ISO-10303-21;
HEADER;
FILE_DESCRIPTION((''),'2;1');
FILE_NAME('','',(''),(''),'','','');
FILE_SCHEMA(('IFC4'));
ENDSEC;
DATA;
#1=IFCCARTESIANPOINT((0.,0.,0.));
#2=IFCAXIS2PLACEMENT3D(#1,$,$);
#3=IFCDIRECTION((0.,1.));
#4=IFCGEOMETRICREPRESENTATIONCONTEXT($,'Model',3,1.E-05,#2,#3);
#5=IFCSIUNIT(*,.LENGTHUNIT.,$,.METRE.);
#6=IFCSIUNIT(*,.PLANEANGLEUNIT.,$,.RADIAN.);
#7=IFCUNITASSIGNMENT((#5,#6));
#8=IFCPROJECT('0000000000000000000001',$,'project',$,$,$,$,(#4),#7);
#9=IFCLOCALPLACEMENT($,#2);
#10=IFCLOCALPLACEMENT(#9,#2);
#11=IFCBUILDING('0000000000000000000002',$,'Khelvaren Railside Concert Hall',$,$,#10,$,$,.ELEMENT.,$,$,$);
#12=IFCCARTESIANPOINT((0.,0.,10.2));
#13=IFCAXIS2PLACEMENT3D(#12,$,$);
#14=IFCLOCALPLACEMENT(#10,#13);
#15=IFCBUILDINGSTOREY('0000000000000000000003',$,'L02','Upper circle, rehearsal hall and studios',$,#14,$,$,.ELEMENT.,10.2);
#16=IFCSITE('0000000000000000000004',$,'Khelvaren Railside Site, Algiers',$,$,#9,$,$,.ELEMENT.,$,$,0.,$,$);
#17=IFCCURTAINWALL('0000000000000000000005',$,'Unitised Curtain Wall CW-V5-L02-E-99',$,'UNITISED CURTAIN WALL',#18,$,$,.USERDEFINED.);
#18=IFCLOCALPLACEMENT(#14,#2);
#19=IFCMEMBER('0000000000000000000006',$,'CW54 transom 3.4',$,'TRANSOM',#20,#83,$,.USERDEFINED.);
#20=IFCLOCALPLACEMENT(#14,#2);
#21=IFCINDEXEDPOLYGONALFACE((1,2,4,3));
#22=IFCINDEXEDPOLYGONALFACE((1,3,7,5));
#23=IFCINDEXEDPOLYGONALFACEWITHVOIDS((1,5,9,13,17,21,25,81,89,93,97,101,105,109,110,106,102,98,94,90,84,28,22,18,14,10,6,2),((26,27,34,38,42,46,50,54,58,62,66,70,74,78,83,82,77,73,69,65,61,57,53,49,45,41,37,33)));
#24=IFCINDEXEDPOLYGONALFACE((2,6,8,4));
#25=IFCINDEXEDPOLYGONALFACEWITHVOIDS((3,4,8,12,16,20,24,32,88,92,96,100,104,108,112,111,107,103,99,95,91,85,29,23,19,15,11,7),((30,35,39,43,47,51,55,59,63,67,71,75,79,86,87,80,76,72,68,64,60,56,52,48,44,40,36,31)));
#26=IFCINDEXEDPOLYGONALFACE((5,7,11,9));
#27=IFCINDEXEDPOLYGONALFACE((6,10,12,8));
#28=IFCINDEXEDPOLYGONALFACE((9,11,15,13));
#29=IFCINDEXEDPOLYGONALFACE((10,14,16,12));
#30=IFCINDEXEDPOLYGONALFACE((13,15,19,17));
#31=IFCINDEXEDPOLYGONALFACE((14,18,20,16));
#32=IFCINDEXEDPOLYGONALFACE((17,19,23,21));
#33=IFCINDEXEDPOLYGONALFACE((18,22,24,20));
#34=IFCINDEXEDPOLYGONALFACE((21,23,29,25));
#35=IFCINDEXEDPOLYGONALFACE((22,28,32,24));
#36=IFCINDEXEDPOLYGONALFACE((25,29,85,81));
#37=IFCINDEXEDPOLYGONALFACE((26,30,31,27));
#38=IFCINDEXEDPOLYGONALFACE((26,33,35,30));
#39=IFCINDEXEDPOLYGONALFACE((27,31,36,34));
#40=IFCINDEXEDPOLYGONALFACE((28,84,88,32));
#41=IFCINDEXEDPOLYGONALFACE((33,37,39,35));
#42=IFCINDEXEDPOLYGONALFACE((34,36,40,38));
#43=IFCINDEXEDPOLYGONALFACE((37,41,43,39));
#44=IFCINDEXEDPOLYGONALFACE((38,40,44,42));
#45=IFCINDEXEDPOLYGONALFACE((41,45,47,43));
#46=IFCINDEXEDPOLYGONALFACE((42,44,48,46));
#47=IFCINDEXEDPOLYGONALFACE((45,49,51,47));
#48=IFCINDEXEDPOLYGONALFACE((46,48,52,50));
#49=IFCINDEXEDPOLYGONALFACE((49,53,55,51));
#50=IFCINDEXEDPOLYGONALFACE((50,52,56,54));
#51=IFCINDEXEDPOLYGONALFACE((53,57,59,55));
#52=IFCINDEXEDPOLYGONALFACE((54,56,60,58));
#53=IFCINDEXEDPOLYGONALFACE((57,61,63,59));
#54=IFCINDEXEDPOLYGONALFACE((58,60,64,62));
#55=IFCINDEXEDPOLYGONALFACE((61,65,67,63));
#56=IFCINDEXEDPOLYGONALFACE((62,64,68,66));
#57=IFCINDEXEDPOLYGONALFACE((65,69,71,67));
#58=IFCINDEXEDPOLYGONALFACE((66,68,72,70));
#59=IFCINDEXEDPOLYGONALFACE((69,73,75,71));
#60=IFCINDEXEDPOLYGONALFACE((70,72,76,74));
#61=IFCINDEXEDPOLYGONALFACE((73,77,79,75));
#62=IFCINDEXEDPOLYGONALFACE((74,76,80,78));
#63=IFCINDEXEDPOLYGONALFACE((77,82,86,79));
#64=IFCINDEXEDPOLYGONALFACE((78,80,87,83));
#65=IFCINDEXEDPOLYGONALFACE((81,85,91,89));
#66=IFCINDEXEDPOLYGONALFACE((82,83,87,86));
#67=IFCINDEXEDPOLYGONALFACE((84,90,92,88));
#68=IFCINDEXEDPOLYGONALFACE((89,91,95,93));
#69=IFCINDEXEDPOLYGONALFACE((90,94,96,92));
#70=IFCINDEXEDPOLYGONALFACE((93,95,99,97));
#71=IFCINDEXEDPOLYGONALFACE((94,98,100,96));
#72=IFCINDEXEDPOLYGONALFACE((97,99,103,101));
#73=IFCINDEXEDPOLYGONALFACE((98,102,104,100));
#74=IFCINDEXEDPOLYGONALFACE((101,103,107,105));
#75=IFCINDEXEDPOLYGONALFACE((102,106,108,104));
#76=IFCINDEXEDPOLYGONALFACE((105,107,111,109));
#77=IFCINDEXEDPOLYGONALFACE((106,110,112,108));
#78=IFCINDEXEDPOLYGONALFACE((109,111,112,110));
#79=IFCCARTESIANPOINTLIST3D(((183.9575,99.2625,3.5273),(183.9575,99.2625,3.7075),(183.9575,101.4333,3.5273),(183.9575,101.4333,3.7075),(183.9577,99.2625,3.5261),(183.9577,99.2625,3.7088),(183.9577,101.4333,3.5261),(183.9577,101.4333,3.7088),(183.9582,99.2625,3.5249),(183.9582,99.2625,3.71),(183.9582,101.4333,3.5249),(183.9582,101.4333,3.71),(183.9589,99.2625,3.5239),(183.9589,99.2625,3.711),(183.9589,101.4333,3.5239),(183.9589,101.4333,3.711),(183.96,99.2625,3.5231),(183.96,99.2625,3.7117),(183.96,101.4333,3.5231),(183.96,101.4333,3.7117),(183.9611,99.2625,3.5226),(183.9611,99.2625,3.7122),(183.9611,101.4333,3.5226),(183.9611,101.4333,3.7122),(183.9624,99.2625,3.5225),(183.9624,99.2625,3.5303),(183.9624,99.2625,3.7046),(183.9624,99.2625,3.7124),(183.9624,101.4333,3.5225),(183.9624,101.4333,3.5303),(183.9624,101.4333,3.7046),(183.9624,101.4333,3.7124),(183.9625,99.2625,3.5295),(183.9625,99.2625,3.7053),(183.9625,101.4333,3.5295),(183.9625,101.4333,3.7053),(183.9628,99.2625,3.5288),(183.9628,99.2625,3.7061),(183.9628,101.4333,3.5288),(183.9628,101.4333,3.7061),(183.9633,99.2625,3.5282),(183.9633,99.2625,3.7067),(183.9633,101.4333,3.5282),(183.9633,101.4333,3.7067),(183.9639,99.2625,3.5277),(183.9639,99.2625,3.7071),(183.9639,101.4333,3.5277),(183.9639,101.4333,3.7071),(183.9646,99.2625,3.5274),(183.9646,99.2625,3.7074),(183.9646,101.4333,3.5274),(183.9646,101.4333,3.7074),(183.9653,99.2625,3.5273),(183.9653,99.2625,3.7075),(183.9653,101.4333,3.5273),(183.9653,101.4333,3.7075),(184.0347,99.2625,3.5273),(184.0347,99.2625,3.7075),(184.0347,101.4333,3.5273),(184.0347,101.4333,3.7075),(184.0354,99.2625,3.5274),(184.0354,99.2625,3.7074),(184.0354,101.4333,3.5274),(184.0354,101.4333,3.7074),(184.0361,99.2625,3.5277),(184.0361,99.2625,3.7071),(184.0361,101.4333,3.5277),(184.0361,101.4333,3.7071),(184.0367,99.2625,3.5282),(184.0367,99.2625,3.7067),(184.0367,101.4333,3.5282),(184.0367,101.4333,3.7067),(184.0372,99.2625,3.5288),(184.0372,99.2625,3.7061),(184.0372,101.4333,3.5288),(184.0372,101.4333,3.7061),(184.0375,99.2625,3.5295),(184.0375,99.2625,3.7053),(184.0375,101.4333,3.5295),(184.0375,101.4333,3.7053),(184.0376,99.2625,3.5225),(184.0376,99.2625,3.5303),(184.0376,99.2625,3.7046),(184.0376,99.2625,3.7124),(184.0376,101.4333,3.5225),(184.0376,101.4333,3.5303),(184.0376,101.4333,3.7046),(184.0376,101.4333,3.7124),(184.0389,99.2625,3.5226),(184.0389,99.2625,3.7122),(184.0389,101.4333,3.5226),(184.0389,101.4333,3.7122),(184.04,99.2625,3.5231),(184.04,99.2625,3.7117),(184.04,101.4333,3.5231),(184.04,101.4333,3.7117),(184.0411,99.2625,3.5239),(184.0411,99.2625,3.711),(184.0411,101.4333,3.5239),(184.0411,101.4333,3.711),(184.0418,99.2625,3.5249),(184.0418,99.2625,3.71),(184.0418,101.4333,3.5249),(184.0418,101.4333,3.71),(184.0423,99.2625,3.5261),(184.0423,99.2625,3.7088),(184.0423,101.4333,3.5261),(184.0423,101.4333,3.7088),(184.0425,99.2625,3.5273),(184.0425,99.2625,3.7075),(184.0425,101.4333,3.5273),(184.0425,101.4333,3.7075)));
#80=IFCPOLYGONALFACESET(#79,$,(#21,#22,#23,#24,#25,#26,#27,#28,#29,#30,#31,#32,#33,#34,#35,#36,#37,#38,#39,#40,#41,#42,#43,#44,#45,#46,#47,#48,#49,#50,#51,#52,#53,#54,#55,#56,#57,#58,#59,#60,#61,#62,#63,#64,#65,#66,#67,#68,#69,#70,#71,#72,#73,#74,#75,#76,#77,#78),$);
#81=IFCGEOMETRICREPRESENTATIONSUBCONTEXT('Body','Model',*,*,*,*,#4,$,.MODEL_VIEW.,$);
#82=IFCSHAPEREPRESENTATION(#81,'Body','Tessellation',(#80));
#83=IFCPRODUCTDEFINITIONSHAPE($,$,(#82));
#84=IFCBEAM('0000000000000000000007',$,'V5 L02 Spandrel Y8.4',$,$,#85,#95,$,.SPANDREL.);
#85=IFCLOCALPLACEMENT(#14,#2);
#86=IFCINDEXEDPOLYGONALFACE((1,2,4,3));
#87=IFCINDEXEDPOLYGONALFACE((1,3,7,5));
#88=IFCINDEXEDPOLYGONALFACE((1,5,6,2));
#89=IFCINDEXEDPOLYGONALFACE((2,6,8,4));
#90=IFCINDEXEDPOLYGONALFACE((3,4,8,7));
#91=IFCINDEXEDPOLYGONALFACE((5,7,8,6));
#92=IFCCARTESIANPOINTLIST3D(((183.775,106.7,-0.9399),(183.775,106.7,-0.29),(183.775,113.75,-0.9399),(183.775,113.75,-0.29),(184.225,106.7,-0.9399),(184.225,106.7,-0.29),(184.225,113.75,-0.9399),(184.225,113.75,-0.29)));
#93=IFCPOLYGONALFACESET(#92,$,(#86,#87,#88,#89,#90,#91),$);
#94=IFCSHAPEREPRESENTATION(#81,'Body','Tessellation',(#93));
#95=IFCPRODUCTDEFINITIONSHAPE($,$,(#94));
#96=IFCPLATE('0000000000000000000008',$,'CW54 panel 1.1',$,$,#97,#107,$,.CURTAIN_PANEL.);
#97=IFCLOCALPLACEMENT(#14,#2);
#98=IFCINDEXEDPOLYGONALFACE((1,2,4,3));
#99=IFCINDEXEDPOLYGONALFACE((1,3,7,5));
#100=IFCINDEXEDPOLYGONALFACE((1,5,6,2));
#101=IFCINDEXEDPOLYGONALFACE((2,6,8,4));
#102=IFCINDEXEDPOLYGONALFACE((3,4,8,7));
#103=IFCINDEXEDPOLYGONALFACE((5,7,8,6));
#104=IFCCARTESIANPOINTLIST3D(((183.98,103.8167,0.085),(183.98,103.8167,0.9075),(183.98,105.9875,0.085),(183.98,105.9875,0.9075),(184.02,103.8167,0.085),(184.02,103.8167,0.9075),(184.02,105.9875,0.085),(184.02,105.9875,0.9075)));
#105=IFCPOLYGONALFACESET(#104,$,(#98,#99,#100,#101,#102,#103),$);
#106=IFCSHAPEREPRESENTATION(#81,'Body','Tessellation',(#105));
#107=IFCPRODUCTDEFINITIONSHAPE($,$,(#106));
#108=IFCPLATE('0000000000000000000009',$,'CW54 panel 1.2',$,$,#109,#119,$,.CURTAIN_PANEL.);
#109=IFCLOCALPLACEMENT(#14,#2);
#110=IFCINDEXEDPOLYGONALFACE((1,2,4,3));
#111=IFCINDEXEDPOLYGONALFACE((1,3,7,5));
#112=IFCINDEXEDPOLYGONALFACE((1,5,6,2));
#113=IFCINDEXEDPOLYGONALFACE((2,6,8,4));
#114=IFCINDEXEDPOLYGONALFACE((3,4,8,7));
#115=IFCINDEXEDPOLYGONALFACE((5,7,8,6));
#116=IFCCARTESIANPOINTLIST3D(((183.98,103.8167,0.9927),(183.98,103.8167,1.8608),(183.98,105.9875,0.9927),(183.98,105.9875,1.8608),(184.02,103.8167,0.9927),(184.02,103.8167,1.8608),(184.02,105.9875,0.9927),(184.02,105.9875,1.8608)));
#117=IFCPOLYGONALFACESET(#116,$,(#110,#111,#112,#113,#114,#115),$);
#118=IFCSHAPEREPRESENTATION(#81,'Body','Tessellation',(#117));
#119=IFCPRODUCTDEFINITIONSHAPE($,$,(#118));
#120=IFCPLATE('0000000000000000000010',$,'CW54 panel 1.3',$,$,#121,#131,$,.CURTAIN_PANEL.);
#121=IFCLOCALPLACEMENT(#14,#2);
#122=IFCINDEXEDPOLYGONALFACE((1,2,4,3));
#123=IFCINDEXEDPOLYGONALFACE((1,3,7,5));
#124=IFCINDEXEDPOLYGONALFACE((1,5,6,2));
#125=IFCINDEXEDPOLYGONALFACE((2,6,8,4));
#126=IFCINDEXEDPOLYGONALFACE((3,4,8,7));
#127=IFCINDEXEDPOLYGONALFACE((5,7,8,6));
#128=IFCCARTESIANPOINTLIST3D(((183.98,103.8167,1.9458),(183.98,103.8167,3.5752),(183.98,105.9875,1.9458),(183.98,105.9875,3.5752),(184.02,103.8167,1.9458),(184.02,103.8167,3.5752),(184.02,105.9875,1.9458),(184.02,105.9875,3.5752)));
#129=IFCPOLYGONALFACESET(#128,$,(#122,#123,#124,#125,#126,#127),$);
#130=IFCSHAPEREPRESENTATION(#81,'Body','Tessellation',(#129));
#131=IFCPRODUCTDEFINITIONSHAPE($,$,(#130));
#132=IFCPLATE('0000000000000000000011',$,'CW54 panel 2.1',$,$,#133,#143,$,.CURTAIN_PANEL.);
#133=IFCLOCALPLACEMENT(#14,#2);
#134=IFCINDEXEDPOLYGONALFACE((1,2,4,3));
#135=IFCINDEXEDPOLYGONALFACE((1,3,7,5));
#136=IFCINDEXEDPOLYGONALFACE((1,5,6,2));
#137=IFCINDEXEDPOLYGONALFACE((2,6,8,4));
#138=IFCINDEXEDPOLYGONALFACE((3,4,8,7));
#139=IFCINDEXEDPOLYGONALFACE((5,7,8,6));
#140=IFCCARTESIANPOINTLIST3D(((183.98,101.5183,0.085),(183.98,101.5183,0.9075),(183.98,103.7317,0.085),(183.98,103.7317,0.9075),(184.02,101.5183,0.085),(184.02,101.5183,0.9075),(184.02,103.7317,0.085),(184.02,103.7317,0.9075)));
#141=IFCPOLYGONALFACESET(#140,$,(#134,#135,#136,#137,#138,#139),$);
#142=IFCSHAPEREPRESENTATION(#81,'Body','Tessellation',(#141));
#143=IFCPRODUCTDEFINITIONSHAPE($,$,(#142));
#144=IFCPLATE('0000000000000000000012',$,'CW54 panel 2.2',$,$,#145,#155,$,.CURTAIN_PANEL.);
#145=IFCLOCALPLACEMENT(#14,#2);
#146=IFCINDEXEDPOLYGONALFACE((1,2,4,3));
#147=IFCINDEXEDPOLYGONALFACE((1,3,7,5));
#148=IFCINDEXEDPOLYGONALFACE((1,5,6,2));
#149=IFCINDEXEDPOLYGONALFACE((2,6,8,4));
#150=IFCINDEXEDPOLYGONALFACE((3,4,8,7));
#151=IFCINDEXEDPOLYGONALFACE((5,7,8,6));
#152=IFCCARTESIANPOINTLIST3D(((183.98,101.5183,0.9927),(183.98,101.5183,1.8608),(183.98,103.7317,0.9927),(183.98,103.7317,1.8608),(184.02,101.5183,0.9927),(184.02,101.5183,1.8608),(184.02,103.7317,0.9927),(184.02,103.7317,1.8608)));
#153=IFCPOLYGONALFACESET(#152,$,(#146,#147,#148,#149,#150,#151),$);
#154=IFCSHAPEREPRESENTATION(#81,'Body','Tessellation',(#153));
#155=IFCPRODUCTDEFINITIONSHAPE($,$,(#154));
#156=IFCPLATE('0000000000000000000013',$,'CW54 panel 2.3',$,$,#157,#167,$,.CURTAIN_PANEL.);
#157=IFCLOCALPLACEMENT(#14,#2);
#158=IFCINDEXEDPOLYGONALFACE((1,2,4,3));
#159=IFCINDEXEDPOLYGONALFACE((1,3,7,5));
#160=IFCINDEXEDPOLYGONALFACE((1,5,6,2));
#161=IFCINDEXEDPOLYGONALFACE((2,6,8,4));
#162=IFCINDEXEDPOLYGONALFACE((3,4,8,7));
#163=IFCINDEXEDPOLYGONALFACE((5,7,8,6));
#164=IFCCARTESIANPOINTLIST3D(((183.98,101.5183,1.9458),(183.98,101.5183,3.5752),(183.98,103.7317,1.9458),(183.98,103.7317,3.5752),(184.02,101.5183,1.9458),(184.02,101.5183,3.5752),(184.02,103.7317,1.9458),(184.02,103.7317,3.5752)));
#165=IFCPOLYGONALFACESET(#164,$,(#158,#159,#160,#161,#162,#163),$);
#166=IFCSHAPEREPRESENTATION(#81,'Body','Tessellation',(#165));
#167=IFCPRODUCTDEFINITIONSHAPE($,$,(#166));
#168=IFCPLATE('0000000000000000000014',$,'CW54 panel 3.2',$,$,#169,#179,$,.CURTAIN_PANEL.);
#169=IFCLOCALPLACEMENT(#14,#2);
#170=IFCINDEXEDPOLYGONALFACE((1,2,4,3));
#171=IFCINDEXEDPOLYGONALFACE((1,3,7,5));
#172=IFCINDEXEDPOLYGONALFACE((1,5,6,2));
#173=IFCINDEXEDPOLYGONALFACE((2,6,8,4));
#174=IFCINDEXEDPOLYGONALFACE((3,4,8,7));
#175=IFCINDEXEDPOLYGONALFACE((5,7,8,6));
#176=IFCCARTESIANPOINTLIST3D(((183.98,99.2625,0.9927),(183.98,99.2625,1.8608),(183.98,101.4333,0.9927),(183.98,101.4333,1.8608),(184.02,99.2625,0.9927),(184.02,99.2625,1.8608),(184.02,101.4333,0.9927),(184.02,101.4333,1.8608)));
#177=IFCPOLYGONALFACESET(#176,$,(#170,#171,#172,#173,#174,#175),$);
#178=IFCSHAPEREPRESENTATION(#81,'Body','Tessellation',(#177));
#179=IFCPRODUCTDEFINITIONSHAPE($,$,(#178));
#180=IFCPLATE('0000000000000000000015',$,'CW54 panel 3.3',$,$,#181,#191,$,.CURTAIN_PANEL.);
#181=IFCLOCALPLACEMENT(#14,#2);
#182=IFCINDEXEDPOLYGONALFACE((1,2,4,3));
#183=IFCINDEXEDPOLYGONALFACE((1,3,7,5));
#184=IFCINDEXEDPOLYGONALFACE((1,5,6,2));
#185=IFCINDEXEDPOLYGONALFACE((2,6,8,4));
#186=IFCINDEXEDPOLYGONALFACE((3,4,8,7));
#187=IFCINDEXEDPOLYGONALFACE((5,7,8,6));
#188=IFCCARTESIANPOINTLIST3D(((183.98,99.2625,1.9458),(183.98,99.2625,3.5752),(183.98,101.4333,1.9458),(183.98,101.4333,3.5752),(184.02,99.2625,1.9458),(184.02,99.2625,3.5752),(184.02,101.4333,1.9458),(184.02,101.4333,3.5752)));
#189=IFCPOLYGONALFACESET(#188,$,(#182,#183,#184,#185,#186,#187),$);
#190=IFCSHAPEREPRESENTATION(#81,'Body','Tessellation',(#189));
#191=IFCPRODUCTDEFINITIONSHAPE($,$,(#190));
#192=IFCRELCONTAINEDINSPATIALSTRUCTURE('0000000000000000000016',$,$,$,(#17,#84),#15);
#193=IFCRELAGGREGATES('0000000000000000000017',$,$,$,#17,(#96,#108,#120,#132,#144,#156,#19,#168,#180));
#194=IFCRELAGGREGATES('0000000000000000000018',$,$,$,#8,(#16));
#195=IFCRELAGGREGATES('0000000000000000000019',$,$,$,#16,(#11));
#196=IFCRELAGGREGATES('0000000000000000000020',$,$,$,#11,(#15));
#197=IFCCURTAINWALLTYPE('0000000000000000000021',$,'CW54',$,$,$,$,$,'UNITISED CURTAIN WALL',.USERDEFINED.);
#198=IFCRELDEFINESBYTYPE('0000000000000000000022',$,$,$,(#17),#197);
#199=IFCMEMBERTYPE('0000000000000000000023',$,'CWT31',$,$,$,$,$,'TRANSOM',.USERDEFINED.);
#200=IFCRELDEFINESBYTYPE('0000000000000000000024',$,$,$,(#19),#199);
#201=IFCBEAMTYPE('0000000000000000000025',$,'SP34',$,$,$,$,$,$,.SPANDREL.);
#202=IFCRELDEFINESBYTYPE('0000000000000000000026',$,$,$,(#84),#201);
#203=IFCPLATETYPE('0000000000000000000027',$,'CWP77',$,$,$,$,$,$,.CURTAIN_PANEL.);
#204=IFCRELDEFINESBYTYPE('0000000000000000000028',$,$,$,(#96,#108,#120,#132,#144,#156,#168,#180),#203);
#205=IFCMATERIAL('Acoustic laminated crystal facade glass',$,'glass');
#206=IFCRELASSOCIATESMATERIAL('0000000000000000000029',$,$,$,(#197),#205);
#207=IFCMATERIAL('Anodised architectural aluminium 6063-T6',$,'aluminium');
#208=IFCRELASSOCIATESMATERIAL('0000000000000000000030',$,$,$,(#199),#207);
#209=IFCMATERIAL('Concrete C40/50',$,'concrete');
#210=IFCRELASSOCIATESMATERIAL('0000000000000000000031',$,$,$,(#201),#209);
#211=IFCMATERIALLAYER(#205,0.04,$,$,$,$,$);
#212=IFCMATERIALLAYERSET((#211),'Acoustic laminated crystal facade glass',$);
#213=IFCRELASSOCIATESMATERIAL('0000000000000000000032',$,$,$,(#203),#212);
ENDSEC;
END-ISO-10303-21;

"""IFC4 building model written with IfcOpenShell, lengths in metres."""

from ifc_helpers import new_model, si_unit, direction, frame, origin, origin_2d, place, context, subcontext, project, spatial, rectangle, hollow_rectangle, extrude, material, layer, layer_set, material_profile, profile_set, type_object, element, aggregate, save


model = new_model("IFC4")

# Units and contexts
model_context = context("Model", 3, precision=1e-05, world=origin(), true_north=direction((0.0, 1.0)))
body_context = subcontext(model_context, "Body", "Model", "MODEL_VIEW")
ifc_project = project(units=[si_unit("LENGTHUNIT", "METRE"), si_unit("PLANEANGLEUNIT", "RADIAN")], contexts=[model_context])

# Site, building, storey
site_placement = place(None, origin())
site = spatial("IfcSite", under=ifc_project, at=site_placement, Name="Khelvaren Railside Site, Algiers", CompositionType="ELEMENT", RefElevation=0.0)
building_placement = place(site_placement, origin())
building = spatial("IfcBuilding", under=site, at=building_placement, Name="Khelvaren Railside Concert Hall", CompositionType="ELEMENT")
storey_placement = place(building_placement, frame((0.0, 0.0, 10.2)))
storey = spatial("IfcBuildingStorey", under=building, at=storey_placement, Name="L02", Description="Upper circle, rehearsal hall and studios", CompositionType="ELEMENT", Elevation=10.2)

# Curtain wall, member
ifc_material_1 = material(Name="Acoustic laminated crystal facade glass", Category="glass")
curtain_wall_type = type_object("IfcCurtainWallType", Name="CW54", ElementType="UNITISED CURTAIN WALL", PredefinedType="USERDEFINED", material=ifc_material_1)
curtain_wall_placement = place(storey_placement, origin())
curtain_wall = element("IfcCurtainWall", 1, at=curtain_wall_placement, inside=storey, type_object=curtain_wall_type, Name="Unitised Curtain Wall CW-V5-L02-E-99", ObjectType="UNITISED CURTAIN WALL", PredefinedType="USERDEFINED")
ifc_material_2 = material(Name="Anodised architectural aluminium 6063-T6", Category="aluminium")
ifc_material_profile_1 = material_profile(ifc_material_2, hollow_rectangle(XDim=0.085, YDim=0.1899, WallThickness=0.0049, InnerFilletRadius=0.0029, OuterFilletRadius=0.0049, at=origin_2d()), Name="CWT 85x190x5")
ifc_profile_set_1 = profile_set([ifc_material_profile_1], Name="Anodised architectural aluminium 6063-T6")
member_type_1 = type_object("IfcMemberType", Name="CWT31", ElementType="TRANSOM", PredefinedType="USERDEFINED", material=ifc_profile_set_1)
member_1_placement = place(storey_placement, frame((184.0, 101.4333, 3.6174), z_axis=(0.0, -1.0, 0.0), x_axis=(1.0, 0.0, 0.0)))
member_1 = element("IfcMember", 2, at=member_1_placement, type_object=member_type_1, Name="CW54 transom 3.4", ObjectType="TRANSOM", PredefinedType="USERDEFINED", context=body_context, shape_type="SweptSolid", body=[
    extrude(hollow_rectangle(XDim=0.085, YDim=0.1899, WallThickness=0.0049, InnerFilletRadius=0.0029, OuterFilletRadius=0.0049, at=origin_2d()), origin(), (0.0, 0.0, 1.0), 2.1709),
])

# Beam
ifc_material_3 = material(Name="Concrete C40/50", Category="concrete")
ifc_material_profile_2 = material_profile(ifc_material_3, rectangle(XDim=0.45, YDim=0.6499, at=origin_2d()), Name="RCB 450x650")
ifc_profile_set_2 = profile_set([ifc_material_profile_2], Name="Concrete C40/50")
beam_type = type_object("IfcBeamType", Name="SP34", PredefinedType="SPANDREL", material=ifc_profile_set_2)
beam_placement = place(storey_placement, frame((184.0, 106.7, -0.615), z_axis=(0.0, 1.0, 0.0), x_axis=(-1.0, 0.0, 0.0)))
element("IfcBeam", 3, at=beam_placement, inside=storey, type_object=beam_type, Name="V5 L02 Spandrel Y8.4", PredefinedType="SPANDREL", context=body_context, shape_type="SweptSolid", body=[
    extrude(rectangle(XDim=0.45, YDim=0.6499, at=origin_2d()), origin(), (0.0, 0.0, 1.0), 7.05),
])

# Plates
ifc_layer = layer(ifc_material_1, 0.04)
ifc_layer_set = layer_set([ifc_layer], Name="Acoustic laminated crystal facade glass")
plate_type = type_object("IfcPlateType", Name="CWP77", PredefinedType="CURTAIN_PANEL", material=ifc_layer_set)
plate_1_placement = place(storey_placement, frame((184.0, 104.9021, 0.085), z_axis=(0.0, 0.0, 1.0), x_axis=(0.0, -1.0, 0.0)))
plate_1 = element("IfcPlate", 4, at=plate_1_placement, type_object=plate_type, Name="CW54 panel 1.1", PredefinedType="CURTAIN_PANEL", context=body_context, shape_type="SweptSolid", body=[
    extrude(rectangle(XDim=2.1709, YDim=0.04, at=origin_2d()), origin(), (0.0, 0.0, 1.0), 0.8225),
])
plate_2_placement = place(storey_placement, frame((184.0, 104.9021, 0.9927), z_axis=(0.0, 0.0, 1.0), x_axis=(0.0, -1.0, 0.0)))
plate_2 = element("IfcPlate", 5, at=plate_2_placement, type_object=plate_type, Name="CW54 panel 1.2", PredefinedType="CURTAIN_PANEL", context=body_context, shape_type="SweptSolid", body=[
    extrude(rectangle(XDim=2.1709, YDim=0.04, at=origin_2d()), origin(), (0.0, 0.0, 1.0), 0.8682),
])
plate_3_placement = place(storey_placement, frame((184.0, 104.9021, 1.9458), z_axis=(0.0, 0.0, 1.0), x_axis=(0.0, -1.0, 0.0)))
plate_3 = element("IfcPlate", 6, at=plate_3_placement, type_object=plate_type, Name="CW54 panel 1.3", PredefinedType="CURTAIN_PANEL", context=body_context, shape_type="SweptSolid", body=[
    extrude(rectangle(XDim=2.1709, YDim=0.04, at=origin_2d()), origin(), (0.0, 0.0, 1.0), 1.6294),
])
plate_4_placement = place(storey_placement, frame((184.0, 102.625, 0.085), z_axis=(0.0, 0.0, 1.0), x_axis=(0.0, -1.0, 0.0)))
plate_4 = element("IfcPlate", 7, at=plate_4_placement, type_object=plate_type, Name="CW54 panel 2.1", PredefinedType="CURTAIN_PANEL", context=body_context, shape_type="SweptSolid", body=[
    extrude(rectangle(XDim=2.2134, YDim=0.04, at=origin_2d()), origin(), (0.0, 0.0, 1.0), 0.8225),
])
plate_5_placement = place(storey_placement, frame((184.0, 102.625, 0.9927), z_axis=(0.0, 0.0, 1.0), x_axis=(0.0, -1.0, 0.0)))
plate_5 = element("IfcPlate", 8, at=plate_5_placement, type_object=plate_type, Name="CW54 panel 2.2", PredefinedType="CURTAIN_PANEL", context=body_context, shape_type="SweptSolid", body=[
    extrude(rectangle(XDim=2.2134, YDim=0.04, at=origin_2d()), origin(), (0.0, 0.0, 1.0), 0.8682),
])
plate_6_placement = place(storey_placement, frame((184.0, 102.625, 1.9458), z_axis=(0.0, 0.0, 1.0), x_axis=(0.0, -1.0, 0.0)))
plate_6 = element("IfcPlate", 9, at=plate_6_placement, type_object=plate_type, Name="CW54 panel 2.3", PredefinedType="CURTAIN_PANEL", context=body_context, shape_type="SweptSolid", body=[
    extrude(rectangle(XDim=2.2134, YDim=0.04, at=origin_2d()), origin(), (0.0, 0.0, 1.0), 1.6294),
])
plate_7_placement = place(storey_placement, frame((184.0, 100.3479, 0.9927), z_axis=(0.0, 0.0, 1.0), x_axis=(0.0, -1.0, 0.0)))
plate_7 = element("IfcPlate", 10, at=plate_7_placement, type_object=plate_type, Name="CW54 panel 3.2", PredefinedType="CURTAIN_PANEL", context=body_context, shape_type="SweptSolid", body=[
    extrude(rectangle(XDim=2.1709, YDim=0.04, at=origin_2d()), origin(), (0.0, 0.0, 1.0), 0.8682),
])
plate_8_placement = place(storey_placement, frame((184.0, 100.3479, 1.9458), z_axis=(0.0, 0.0, 1.0), x_axis=(0.0, -1.0, 0.0)))
plate_8 = element("IfcPlate", 11, at=plate_8_placement, type_object=plate_type, Name="CW54 panel 3.3", PredefinedType="CURTAIN_PANEL", context=body_context, shape_type="SweptSolid", body=[
    extrude(rectangle(XDim=2.1709, YDim=0.04, at=origin_2d()), origin(), (0.0, 0.0, 1.0), 1.6294),
])
aggregate(curtain_wall, [plate_1, plate_2, plate_3, plate_4, plate_5, plate_6, member_1, plate_7, plate_8])

save(model, "model.ifc")
